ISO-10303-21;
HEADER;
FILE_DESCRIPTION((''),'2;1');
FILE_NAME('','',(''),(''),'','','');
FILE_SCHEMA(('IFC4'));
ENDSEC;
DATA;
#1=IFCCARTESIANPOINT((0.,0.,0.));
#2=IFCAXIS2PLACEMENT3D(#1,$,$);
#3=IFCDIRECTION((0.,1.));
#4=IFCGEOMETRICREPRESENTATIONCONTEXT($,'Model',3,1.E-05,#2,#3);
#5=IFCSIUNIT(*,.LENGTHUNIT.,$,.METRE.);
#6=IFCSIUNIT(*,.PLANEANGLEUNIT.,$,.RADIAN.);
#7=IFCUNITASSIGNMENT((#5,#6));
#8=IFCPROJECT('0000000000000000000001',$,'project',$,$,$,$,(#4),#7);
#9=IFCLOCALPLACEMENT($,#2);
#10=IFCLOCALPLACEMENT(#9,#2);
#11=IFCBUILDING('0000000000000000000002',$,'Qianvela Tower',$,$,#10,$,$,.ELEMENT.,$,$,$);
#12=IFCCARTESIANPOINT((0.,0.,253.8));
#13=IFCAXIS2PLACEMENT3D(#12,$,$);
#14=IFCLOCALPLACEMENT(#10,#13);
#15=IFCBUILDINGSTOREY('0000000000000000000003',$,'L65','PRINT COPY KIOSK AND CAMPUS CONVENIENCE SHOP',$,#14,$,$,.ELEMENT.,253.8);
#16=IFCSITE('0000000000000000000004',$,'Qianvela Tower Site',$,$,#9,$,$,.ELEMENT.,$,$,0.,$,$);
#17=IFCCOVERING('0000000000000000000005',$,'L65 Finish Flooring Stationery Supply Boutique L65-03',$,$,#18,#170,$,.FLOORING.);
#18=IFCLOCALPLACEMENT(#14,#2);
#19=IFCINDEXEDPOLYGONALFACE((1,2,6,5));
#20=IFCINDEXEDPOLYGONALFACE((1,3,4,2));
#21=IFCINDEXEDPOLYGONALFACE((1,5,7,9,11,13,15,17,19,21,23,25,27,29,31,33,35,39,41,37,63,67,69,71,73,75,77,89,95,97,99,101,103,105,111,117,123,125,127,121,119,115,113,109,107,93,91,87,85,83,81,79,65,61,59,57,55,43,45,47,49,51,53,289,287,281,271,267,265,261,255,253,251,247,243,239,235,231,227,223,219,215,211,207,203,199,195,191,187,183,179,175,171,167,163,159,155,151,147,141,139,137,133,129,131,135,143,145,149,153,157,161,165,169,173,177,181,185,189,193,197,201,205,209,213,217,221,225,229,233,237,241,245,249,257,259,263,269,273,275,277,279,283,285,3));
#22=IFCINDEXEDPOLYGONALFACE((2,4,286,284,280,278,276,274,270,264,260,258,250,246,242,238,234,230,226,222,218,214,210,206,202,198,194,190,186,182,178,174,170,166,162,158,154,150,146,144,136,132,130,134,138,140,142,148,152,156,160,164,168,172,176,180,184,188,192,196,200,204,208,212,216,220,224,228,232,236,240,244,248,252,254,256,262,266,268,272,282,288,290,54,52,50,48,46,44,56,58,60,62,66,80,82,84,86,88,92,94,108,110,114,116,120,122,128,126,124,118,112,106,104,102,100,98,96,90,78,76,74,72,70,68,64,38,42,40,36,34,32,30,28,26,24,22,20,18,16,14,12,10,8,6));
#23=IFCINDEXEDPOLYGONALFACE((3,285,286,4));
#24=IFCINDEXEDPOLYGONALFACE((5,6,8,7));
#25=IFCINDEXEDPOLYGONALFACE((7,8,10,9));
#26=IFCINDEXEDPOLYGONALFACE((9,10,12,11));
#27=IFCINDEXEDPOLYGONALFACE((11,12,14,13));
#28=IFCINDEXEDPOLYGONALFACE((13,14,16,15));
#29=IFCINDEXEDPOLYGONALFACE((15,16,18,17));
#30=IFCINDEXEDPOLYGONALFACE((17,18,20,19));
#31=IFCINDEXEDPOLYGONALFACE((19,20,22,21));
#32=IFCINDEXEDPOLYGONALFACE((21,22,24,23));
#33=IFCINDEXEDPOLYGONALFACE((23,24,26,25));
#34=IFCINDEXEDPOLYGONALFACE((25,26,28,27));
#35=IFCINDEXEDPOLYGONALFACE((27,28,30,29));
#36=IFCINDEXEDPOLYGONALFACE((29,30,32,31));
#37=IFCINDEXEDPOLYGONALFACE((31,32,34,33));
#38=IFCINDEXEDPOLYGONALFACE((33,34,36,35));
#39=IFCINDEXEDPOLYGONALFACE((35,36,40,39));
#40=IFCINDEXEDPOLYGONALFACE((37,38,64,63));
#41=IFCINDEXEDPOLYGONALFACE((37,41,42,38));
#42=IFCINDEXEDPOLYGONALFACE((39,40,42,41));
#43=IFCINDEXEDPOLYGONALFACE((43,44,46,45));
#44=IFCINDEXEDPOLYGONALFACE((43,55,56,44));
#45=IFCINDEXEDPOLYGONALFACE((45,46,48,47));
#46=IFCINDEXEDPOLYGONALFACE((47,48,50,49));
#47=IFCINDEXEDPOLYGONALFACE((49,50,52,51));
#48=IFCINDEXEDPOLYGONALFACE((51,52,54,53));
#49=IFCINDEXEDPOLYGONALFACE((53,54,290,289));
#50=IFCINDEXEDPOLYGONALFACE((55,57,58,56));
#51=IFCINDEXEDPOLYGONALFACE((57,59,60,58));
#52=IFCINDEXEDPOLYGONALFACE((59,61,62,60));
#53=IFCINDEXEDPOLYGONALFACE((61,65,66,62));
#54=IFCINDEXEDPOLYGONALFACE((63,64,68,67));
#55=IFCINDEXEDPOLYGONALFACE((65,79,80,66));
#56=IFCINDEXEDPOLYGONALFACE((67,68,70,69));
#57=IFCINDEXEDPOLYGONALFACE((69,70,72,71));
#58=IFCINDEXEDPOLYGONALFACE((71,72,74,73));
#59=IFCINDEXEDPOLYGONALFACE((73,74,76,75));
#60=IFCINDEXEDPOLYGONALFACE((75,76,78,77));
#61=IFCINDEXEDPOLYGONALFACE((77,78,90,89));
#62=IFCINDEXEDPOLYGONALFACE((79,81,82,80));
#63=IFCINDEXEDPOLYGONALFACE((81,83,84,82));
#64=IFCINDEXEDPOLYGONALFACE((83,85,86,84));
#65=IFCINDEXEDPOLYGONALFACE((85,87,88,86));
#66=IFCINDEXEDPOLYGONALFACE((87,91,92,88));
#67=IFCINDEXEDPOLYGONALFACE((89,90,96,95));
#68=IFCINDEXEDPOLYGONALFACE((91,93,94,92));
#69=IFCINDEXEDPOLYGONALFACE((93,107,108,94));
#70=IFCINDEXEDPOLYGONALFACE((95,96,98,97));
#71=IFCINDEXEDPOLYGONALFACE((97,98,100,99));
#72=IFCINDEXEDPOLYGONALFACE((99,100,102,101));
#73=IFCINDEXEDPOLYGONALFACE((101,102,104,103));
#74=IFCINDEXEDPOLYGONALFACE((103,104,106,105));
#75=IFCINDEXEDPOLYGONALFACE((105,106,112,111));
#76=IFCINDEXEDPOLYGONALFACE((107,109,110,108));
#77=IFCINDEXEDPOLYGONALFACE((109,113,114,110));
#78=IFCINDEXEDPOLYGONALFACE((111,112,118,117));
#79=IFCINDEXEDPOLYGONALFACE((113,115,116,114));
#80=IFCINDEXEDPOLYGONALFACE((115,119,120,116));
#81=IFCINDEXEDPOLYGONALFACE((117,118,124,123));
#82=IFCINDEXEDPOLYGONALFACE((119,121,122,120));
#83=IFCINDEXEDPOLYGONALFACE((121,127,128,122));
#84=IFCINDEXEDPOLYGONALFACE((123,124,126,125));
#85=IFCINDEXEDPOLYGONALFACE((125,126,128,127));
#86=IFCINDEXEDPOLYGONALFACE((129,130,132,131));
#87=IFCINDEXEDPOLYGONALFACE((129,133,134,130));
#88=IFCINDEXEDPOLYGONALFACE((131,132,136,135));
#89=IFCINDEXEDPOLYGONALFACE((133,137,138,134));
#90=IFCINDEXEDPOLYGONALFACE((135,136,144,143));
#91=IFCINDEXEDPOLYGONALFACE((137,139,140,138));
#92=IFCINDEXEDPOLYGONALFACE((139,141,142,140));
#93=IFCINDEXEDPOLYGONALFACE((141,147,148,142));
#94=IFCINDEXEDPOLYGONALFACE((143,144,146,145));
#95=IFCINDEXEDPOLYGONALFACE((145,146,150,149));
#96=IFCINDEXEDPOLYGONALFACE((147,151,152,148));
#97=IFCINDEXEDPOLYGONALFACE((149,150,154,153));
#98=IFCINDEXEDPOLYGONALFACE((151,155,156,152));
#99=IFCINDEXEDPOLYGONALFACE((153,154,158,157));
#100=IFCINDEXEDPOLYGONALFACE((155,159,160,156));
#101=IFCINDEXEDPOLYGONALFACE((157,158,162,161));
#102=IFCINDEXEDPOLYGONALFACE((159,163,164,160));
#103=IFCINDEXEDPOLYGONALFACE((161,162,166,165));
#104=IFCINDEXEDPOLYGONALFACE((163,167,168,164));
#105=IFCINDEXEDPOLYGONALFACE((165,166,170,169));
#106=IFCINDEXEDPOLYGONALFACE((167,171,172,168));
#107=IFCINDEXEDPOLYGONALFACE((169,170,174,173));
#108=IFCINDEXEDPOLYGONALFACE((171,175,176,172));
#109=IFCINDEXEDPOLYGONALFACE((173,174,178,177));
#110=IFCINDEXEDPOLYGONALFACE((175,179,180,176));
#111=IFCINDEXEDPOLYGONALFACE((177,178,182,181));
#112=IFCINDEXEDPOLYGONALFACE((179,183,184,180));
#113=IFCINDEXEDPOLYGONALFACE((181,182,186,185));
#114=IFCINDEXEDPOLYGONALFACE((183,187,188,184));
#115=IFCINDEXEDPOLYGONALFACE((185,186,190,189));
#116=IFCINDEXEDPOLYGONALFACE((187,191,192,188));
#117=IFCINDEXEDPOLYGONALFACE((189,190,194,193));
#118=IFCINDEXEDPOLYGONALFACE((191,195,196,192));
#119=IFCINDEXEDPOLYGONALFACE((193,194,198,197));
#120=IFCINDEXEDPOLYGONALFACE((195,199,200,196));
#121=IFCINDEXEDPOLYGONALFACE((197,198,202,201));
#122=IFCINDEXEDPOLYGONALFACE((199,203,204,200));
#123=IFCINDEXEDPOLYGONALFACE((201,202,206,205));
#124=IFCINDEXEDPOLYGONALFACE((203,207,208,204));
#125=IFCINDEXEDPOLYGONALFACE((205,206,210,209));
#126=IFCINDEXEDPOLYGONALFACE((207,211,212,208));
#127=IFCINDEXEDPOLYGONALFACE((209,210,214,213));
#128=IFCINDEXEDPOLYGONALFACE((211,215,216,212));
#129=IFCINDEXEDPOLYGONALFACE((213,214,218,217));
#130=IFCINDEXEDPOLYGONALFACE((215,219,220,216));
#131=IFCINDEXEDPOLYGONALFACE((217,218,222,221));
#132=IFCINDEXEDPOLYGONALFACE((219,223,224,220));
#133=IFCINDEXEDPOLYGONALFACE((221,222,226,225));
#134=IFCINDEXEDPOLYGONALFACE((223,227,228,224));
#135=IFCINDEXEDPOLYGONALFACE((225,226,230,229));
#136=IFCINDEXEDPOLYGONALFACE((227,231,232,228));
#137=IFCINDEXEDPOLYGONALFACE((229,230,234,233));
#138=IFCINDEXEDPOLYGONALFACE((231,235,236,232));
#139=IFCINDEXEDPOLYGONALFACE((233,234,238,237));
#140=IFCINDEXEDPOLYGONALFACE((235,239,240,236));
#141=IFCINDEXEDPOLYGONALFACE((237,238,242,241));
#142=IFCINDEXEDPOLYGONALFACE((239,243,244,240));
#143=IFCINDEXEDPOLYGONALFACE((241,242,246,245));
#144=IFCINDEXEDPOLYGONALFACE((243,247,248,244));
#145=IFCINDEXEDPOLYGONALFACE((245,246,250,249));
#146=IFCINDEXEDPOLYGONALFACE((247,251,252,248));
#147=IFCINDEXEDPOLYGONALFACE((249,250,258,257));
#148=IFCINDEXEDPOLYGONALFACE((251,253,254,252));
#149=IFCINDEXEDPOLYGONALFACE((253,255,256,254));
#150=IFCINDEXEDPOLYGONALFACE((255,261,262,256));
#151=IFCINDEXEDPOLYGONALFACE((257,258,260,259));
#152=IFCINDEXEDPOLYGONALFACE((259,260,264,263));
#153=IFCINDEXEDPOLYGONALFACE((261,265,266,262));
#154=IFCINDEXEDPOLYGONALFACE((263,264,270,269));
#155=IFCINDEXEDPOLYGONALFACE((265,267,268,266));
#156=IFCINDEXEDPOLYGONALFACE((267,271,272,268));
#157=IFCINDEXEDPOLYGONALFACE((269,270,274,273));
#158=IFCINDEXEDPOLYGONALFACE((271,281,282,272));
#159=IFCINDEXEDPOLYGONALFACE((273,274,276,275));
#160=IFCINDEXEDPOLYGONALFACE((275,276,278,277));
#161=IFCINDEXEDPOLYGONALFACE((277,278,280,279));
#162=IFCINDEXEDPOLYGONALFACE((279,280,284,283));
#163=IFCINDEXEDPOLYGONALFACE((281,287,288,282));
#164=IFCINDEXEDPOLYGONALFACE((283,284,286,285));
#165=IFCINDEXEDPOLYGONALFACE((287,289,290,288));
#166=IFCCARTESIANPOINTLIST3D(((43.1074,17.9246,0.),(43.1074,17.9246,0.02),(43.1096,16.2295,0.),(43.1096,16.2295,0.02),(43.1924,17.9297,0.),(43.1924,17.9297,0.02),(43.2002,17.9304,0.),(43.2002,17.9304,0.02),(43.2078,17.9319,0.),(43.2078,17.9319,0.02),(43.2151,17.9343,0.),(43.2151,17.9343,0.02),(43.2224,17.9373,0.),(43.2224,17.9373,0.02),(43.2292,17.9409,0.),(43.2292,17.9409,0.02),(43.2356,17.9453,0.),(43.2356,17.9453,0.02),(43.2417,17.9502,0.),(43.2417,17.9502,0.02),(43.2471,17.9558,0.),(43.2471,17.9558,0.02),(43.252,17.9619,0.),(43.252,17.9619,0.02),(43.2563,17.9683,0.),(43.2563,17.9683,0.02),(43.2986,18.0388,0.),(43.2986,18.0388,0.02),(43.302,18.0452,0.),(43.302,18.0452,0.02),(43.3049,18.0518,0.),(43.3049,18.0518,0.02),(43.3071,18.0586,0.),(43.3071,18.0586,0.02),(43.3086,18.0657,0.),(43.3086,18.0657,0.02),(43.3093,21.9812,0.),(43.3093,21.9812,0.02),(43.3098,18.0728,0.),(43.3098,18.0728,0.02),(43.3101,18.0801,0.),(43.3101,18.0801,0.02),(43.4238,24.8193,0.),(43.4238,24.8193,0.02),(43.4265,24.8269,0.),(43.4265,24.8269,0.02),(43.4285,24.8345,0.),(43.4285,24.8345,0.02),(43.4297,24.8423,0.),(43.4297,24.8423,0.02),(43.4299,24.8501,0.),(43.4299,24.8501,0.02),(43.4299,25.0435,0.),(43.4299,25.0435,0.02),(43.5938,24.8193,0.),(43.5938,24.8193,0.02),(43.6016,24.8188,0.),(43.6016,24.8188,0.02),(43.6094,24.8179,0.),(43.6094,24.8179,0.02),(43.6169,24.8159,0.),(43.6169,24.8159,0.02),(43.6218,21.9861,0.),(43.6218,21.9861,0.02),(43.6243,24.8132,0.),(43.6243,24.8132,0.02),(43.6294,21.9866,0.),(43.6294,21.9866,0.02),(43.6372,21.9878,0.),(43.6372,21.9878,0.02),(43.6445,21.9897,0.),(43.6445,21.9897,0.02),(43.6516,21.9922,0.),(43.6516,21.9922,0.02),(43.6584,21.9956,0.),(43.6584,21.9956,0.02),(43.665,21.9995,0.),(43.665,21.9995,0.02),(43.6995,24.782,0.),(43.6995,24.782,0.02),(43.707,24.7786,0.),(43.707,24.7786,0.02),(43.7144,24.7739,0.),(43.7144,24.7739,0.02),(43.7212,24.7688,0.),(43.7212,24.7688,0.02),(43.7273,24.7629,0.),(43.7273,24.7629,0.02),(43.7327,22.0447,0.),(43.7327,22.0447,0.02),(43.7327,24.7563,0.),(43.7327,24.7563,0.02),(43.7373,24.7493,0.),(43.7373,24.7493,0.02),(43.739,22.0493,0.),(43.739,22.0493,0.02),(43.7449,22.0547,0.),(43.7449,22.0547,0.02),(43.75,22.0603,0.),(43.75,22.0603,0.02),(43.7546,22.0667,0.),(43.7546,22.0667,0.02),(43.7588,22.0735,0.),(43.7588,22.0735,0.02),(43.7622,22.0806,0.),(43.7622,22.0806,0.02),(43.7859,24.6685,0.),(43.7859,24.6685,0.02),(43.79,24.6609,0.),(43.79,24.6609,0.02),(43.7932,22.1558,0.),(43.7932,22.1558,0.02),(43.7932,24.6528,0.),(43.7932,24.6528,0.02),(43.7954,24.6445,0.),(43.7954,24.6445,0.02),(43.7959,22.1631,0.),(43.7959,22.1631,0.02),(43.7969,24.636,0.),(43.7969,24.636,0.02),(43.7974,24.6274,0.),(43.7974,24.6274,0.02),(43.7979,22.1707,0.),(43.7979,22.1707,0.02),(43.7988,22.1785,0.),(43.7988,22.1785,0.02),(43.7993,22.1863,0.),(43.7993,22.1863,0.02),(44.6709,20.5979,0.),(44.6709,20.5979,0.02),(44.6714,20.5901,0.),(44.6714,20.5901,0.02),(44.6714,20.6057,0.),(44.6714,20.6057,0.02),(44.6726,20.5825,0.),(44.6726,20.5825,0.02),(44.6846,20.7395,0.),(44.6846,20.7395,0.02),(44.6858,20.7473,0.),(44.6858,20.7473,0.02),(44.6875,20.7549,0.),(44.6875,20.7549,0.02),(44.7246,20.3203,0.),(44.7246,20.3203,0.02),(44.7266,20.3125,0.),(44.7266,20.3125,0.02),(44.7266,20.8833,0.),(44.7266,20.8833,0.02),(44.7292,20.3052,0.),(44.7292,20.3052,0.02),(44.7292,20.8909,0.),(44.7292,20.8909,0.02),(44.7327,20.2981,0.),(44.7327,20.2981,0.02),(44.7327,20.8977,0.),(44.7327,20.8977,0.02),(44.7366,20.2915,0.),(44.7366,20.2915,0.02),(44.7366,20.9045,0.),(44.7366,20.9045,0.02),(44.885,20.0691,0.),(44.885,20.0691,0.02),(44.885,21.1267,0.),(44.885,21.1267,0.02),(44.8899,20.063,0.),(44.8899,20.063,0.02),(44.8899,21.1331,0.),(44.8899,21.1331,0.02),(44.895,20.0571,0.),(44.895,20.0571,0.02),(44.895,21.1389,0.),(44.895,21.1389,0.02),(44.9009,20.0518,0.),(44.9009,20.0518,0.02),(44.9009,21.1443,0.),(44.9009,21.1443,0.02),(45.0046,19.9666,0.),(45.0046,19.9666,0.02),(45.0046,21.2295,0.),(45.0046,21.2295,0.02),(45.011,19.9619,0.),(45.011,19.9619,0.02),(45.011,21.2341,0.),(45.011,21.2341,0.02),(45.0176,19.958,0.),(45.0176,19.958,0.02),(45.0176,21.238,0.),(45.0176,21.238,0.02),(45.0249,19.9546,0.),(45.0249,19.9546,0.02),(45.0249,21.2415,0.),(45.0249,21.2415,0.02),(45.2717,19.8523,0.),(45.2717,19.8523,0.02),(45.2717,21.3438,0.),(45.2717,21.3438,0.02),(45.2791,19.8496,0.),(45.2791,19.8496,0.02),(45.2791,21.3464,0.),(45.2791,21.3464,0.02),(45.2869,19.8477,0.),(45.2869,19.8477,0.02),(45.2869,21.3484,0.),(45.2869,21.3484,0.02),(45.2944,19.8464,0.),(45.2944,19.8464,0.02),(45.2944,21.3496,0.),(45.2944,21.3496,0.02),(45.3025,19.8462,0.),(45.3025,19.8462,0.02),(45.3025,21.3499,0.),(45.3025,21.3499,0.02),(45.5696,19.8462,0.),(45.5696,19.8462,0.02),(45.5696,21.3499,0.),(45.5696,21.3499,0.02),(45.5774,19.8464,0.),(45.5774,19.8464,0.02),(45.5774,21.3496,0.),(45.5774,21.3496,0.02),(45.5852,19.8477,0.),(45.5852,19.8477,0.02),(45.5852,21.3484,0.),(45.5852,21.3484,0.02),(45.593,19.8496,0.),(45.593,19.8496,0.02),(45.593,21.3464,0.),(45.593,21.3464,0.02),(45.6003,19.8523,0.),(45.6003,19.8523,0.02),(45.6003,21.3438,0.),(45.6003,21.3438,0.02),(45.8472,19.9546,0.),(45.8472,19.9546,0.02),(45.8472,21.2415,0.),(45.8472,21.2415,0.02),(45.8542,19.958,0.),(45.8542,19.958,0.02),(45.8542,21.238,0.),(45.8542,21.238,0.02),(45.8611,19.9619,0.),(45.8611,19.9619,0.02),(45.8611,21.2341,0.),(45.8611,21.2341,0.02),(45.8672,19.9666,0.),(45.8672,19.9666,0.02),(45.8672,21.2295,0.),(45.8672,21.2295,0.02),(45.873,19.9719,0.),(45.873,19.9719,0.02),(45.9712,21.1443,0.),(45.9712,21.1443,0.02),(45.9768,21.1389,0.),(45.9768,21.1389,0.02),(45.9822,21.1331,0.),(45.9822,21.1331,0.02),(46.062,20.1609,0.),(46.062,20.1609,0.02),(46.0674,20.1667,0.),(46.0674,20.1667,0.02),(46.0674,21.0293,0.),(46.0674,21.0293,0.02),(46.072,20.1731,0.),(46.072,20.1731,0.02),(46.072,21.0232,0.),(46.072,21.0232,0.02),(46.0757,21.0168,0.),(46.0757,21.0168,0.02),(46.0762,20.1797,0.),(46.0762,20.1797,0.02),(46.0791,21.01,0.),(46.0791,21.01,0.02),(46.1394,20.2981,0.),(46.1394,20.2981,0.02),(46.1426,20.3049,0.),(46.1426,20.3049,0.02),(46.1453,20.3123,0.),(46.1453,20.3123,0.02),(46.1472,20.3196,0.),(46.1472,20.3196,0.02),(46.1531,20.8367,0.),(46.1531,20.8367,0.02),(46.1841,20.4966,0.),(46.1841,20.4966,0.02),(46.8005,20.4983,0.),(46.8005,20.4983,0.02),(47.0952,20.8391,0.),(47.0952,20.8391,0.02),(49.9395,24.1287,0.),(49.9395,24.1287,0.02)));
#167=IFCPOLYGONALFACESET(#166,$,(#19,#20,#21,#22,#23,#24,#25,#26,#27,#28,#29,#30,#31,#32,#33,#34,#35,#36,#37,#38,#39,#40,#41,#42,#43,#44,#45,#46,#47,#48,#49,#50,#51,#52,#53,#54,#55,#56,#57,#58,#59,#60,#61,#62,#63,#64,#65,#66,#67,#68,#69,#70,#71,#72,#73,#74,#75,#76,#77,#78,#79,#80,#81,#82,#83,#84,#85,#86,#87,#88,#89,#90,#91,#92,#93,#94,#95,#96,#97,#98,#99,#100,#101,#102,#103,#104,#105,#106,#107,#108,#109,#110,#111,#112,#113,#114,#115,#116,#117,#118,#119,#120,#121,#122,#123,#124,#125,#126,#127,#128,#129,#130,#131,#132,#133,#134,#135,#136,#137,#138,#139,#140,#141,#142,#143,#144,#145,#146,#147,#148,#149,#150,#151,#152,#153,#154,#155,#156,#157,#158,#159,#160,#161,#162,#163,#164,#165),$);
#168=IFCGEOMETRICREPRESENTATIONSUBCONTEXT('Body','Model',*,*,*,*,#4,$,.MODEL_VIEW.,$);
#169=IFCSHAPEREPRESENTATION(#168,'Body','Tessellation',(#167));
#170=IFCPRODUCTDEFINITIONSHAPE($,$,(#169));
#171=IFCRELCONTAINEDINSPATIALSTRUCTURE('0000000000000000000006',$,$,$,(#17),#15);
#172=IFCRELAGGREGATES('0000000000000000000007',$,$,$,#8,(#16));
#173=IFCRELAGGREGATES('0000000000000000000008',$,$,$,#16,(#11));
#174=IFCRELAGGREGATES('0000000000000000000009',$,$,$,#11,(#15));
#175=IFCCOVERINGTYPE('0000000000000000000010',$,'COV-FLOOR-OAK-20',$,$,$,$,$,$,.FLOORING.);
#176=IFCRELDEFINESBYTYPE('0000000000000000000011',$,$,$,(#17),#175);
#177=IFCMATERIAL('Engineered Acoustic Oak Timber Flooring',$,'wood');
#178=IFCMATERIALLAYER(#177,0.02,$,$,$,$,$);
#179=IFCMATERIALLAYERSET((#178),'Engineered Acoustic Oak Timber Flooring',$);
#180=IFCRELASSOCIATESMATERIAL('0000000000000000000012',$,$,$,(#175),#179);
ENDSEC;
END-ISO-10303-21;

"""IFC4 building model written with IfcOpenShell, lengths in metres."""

from ifc_helpers import new_model, si_unit, direction, frame, origin, place, context, subcontext, project, spatial, polyline, outline, extrude, material, layer, layer_set, type_object, element, save


model = new_model("IFC4")

# Units and contexts
model_context = context("Model", 3, precision=1e-05, world=origin(), true_north=direction((0.0, 1.0)))
body_context = subcontext(model_context, "Body", "Model", "MODEL_VIEW")
ifc_project = project(units=[si_unit("LENGTHUNIT", "METRE"), si_unit("PLANEANGLEUNIT", "RADIAN")], contexts=[model_context])

# Site, building, storey
site_placement = place(None, origin())
site = spatial("IfcSite", under=ifc_project, at=site_placement, Name="Qianvela Tower Site", CompositionType="ELEMENT", RefElevation=0.0)
building_placement = place(site_placement, origin())
building = spatial("IfcBuilding", under=site, at=building_placement, Name="Qianvela Tower", CompositionType="ELEMENT")
storey_placement = place(building_placement, frame((0.0, 0.0, 253.8)))
storey = spatial("IfcBuildingStorey", under=building, at=storey_placement, Name="L65", Description="PRINT COPY KIOSK AND CAMPUS CONVENIENCE SHOP", CompositionType="ELEMENT", Elevation=253.8)

# Covering
ifc_material_1 = material(Name="Engineered Acoustic Oak Timber Flooring", Category="wood")
ifc_layer_1 = layer(ifc_material_1, 0.02)
ifc_layer_set_1 = layer_set([ifc_layer_1], Name="Engineered Acoustic Oak Timber Flooring")
covering_type_1 = type_object("IfcCoveringType", Name="COV-FLOOR-OAK-20", PredefinedType="FLOORING", material=ifc_layer_set_1)
covering_1_placement = place(storey_placement, origin())
element("IfcCovering", 1, at=covering_1_placement, inside=storey, type_object=covering_type_1, Name="L65 Finish Flooring Stationery Supply Boutique L65-03", PredefinedType="FLOORING", context=body_context, shape_type="SweptSolid", body=[
    extrude(outline(polyline([(43.2986, 18.0388), (43.302, 18.0452), (43.3049, 18.0518), (43.3071, 18.0586), (43.3086, 18.0657), (43.3098, 18.0728), (43.3101, 18.0801), (43.3093, 21.9812), (43.6218, 21.9861), (43.6294, 21.9866), (43.6372, 21.9878), (43.6445, 21.9897), (43.6516, 21.9922), (43.6584, 21.9956), (43.665, 21.9995), (43.7327, 22.0447), (43.739, 22.0493), (43.7449, 22.0547), (43.75, 22.0603), (43.7546, 22.0667), (43.7588, 22.0735), (43.7622, 22.0806), (43.7932, 22.1558), (43.7959, 22.1631), (43.7979, 22.1707), (43.7988, 22.1785), (43.7993, 22.1863), (43.7974, 24.6274), (43.7969, 24.636), (43.7954, 24.6445), (43.7932, 24.6528), (43.79, 24.6609), (43.7859, 24.6685), (43.7373, 24.7493), (43.7327, 24.7563), (43.7273, 24.7629), (43.7212, 24.7688), (43.7144, 24.7739), (43.707, 24.7786), (43.6995, 24.782), (43.6243, 24.8132), (43.6169, 24.8159), (43.6094, 24.8179), (43.6016, 24.8188), (43.5938, 24.8193), (43.4238, 24.8193), (43.4238, 24.8193), (43.4265, 24.8269), (43.4285, 24.8345), (43.4297, 24.8423), (43.4299, 24.8501), (43.4299, 25.0435), (49.9395, 24.1287), (47.0952, 20.8391), (46.1531, 20.8367), (46.0791, 21.01), (46.0757, 21.0168), (46.072, 21.0232), (46.0674, 21.0293), (45.9822, 21.1331), (45.9768, 21.1389), (45.9712, 21.1443), (45.8672, 21.2295), (45.8611, 21.2341), (45.8542, 21.238), (45.8472, 21.2415), (45.6003, 21.3438), (45.593, 21.3464), (45.5852, 21.3484), (45.5774, 21.3496), (45.5696, 21.3499), (45.3025, 21.3499), (45.2944, 21.3496), (45.2869, 21.3484), (45.2791, 21.3464), (45.2717, 21.3438), (45.0249, 21.2415), (45.0176, 21.238), (45.011, 21.2341), (45.0046, 21.2295), (44.9009, 21.1443), (44.895, 21.1389), (44.8899, 21.1331), (44.885, 21.1267), (44.7366, 20.9045), (44.7327, 20.8977), (44.7292, 20.8909), (44.7266, 20.8833), (44.6875, 20.7549), (44.6858, 20.7473), (44.6846, 20.7395), (44.6714, 20.6057), (44.6709, 20.5979), (44.6714, 20.5901), (44.6726, 20.5825), (44.7246, 20.3203), (44.7266, 20.3125), (44.7292, 20.3052), (44.7327, 20.2981), (44.7366, 20.2915), (44.885, 20.0691), (44.8899, 20.063), (44.895, 20.0571), (44.9009, 20.0518), (45.0046, 19.9666), (45.011, 19.9619), (45.0176, 19.958), (45.0249, 19.9546), (45.2717, 19.8523), (45.2791, 19.8496), (45.2869, 19.8477), (45.2944, 19.8464), (45.3025, 19.8462), (45.5696, 19.8462), (45.5774, 19.8464), (45.5852, 19.8477), (45.593, 19.8496), (45.6003, 19.8523), (45.8472, 19.9546), (45.8542, 19.958), (45.8611, 19.9619), (45.8672, 19.9666), (45.873, 19.9719), (46.062, 20.1609), (46.0674, 20.1667), (46.072, 20.1731), (46.0762, 20.1797), (46.1394, 20.2981), (46.1426, 20.3049), (46.1453, 20.3123), (46.1472, 20.3196), (46.1841, 20.4966), (46.8005, 20.4983), (43.1096, 16.2295), (43.1074, 17.9246), (43.1924, 17.9297), (43.2002, 17.9304), (43.2078, 17.9319), (43.2151, 17.9343), (43.2224, 17.9373), (43.2292, 17.9409), (43.2356, 17.9453), (43.2417, 17.9502), (43.2471, 17.9558), (43.252, 17.9619), (43.2563, 17.9683), (43.2986, 18.0388)])), origin(), (0.0, 0.0, 1.0), 0.02),
])

save(model, "model.ifc")
